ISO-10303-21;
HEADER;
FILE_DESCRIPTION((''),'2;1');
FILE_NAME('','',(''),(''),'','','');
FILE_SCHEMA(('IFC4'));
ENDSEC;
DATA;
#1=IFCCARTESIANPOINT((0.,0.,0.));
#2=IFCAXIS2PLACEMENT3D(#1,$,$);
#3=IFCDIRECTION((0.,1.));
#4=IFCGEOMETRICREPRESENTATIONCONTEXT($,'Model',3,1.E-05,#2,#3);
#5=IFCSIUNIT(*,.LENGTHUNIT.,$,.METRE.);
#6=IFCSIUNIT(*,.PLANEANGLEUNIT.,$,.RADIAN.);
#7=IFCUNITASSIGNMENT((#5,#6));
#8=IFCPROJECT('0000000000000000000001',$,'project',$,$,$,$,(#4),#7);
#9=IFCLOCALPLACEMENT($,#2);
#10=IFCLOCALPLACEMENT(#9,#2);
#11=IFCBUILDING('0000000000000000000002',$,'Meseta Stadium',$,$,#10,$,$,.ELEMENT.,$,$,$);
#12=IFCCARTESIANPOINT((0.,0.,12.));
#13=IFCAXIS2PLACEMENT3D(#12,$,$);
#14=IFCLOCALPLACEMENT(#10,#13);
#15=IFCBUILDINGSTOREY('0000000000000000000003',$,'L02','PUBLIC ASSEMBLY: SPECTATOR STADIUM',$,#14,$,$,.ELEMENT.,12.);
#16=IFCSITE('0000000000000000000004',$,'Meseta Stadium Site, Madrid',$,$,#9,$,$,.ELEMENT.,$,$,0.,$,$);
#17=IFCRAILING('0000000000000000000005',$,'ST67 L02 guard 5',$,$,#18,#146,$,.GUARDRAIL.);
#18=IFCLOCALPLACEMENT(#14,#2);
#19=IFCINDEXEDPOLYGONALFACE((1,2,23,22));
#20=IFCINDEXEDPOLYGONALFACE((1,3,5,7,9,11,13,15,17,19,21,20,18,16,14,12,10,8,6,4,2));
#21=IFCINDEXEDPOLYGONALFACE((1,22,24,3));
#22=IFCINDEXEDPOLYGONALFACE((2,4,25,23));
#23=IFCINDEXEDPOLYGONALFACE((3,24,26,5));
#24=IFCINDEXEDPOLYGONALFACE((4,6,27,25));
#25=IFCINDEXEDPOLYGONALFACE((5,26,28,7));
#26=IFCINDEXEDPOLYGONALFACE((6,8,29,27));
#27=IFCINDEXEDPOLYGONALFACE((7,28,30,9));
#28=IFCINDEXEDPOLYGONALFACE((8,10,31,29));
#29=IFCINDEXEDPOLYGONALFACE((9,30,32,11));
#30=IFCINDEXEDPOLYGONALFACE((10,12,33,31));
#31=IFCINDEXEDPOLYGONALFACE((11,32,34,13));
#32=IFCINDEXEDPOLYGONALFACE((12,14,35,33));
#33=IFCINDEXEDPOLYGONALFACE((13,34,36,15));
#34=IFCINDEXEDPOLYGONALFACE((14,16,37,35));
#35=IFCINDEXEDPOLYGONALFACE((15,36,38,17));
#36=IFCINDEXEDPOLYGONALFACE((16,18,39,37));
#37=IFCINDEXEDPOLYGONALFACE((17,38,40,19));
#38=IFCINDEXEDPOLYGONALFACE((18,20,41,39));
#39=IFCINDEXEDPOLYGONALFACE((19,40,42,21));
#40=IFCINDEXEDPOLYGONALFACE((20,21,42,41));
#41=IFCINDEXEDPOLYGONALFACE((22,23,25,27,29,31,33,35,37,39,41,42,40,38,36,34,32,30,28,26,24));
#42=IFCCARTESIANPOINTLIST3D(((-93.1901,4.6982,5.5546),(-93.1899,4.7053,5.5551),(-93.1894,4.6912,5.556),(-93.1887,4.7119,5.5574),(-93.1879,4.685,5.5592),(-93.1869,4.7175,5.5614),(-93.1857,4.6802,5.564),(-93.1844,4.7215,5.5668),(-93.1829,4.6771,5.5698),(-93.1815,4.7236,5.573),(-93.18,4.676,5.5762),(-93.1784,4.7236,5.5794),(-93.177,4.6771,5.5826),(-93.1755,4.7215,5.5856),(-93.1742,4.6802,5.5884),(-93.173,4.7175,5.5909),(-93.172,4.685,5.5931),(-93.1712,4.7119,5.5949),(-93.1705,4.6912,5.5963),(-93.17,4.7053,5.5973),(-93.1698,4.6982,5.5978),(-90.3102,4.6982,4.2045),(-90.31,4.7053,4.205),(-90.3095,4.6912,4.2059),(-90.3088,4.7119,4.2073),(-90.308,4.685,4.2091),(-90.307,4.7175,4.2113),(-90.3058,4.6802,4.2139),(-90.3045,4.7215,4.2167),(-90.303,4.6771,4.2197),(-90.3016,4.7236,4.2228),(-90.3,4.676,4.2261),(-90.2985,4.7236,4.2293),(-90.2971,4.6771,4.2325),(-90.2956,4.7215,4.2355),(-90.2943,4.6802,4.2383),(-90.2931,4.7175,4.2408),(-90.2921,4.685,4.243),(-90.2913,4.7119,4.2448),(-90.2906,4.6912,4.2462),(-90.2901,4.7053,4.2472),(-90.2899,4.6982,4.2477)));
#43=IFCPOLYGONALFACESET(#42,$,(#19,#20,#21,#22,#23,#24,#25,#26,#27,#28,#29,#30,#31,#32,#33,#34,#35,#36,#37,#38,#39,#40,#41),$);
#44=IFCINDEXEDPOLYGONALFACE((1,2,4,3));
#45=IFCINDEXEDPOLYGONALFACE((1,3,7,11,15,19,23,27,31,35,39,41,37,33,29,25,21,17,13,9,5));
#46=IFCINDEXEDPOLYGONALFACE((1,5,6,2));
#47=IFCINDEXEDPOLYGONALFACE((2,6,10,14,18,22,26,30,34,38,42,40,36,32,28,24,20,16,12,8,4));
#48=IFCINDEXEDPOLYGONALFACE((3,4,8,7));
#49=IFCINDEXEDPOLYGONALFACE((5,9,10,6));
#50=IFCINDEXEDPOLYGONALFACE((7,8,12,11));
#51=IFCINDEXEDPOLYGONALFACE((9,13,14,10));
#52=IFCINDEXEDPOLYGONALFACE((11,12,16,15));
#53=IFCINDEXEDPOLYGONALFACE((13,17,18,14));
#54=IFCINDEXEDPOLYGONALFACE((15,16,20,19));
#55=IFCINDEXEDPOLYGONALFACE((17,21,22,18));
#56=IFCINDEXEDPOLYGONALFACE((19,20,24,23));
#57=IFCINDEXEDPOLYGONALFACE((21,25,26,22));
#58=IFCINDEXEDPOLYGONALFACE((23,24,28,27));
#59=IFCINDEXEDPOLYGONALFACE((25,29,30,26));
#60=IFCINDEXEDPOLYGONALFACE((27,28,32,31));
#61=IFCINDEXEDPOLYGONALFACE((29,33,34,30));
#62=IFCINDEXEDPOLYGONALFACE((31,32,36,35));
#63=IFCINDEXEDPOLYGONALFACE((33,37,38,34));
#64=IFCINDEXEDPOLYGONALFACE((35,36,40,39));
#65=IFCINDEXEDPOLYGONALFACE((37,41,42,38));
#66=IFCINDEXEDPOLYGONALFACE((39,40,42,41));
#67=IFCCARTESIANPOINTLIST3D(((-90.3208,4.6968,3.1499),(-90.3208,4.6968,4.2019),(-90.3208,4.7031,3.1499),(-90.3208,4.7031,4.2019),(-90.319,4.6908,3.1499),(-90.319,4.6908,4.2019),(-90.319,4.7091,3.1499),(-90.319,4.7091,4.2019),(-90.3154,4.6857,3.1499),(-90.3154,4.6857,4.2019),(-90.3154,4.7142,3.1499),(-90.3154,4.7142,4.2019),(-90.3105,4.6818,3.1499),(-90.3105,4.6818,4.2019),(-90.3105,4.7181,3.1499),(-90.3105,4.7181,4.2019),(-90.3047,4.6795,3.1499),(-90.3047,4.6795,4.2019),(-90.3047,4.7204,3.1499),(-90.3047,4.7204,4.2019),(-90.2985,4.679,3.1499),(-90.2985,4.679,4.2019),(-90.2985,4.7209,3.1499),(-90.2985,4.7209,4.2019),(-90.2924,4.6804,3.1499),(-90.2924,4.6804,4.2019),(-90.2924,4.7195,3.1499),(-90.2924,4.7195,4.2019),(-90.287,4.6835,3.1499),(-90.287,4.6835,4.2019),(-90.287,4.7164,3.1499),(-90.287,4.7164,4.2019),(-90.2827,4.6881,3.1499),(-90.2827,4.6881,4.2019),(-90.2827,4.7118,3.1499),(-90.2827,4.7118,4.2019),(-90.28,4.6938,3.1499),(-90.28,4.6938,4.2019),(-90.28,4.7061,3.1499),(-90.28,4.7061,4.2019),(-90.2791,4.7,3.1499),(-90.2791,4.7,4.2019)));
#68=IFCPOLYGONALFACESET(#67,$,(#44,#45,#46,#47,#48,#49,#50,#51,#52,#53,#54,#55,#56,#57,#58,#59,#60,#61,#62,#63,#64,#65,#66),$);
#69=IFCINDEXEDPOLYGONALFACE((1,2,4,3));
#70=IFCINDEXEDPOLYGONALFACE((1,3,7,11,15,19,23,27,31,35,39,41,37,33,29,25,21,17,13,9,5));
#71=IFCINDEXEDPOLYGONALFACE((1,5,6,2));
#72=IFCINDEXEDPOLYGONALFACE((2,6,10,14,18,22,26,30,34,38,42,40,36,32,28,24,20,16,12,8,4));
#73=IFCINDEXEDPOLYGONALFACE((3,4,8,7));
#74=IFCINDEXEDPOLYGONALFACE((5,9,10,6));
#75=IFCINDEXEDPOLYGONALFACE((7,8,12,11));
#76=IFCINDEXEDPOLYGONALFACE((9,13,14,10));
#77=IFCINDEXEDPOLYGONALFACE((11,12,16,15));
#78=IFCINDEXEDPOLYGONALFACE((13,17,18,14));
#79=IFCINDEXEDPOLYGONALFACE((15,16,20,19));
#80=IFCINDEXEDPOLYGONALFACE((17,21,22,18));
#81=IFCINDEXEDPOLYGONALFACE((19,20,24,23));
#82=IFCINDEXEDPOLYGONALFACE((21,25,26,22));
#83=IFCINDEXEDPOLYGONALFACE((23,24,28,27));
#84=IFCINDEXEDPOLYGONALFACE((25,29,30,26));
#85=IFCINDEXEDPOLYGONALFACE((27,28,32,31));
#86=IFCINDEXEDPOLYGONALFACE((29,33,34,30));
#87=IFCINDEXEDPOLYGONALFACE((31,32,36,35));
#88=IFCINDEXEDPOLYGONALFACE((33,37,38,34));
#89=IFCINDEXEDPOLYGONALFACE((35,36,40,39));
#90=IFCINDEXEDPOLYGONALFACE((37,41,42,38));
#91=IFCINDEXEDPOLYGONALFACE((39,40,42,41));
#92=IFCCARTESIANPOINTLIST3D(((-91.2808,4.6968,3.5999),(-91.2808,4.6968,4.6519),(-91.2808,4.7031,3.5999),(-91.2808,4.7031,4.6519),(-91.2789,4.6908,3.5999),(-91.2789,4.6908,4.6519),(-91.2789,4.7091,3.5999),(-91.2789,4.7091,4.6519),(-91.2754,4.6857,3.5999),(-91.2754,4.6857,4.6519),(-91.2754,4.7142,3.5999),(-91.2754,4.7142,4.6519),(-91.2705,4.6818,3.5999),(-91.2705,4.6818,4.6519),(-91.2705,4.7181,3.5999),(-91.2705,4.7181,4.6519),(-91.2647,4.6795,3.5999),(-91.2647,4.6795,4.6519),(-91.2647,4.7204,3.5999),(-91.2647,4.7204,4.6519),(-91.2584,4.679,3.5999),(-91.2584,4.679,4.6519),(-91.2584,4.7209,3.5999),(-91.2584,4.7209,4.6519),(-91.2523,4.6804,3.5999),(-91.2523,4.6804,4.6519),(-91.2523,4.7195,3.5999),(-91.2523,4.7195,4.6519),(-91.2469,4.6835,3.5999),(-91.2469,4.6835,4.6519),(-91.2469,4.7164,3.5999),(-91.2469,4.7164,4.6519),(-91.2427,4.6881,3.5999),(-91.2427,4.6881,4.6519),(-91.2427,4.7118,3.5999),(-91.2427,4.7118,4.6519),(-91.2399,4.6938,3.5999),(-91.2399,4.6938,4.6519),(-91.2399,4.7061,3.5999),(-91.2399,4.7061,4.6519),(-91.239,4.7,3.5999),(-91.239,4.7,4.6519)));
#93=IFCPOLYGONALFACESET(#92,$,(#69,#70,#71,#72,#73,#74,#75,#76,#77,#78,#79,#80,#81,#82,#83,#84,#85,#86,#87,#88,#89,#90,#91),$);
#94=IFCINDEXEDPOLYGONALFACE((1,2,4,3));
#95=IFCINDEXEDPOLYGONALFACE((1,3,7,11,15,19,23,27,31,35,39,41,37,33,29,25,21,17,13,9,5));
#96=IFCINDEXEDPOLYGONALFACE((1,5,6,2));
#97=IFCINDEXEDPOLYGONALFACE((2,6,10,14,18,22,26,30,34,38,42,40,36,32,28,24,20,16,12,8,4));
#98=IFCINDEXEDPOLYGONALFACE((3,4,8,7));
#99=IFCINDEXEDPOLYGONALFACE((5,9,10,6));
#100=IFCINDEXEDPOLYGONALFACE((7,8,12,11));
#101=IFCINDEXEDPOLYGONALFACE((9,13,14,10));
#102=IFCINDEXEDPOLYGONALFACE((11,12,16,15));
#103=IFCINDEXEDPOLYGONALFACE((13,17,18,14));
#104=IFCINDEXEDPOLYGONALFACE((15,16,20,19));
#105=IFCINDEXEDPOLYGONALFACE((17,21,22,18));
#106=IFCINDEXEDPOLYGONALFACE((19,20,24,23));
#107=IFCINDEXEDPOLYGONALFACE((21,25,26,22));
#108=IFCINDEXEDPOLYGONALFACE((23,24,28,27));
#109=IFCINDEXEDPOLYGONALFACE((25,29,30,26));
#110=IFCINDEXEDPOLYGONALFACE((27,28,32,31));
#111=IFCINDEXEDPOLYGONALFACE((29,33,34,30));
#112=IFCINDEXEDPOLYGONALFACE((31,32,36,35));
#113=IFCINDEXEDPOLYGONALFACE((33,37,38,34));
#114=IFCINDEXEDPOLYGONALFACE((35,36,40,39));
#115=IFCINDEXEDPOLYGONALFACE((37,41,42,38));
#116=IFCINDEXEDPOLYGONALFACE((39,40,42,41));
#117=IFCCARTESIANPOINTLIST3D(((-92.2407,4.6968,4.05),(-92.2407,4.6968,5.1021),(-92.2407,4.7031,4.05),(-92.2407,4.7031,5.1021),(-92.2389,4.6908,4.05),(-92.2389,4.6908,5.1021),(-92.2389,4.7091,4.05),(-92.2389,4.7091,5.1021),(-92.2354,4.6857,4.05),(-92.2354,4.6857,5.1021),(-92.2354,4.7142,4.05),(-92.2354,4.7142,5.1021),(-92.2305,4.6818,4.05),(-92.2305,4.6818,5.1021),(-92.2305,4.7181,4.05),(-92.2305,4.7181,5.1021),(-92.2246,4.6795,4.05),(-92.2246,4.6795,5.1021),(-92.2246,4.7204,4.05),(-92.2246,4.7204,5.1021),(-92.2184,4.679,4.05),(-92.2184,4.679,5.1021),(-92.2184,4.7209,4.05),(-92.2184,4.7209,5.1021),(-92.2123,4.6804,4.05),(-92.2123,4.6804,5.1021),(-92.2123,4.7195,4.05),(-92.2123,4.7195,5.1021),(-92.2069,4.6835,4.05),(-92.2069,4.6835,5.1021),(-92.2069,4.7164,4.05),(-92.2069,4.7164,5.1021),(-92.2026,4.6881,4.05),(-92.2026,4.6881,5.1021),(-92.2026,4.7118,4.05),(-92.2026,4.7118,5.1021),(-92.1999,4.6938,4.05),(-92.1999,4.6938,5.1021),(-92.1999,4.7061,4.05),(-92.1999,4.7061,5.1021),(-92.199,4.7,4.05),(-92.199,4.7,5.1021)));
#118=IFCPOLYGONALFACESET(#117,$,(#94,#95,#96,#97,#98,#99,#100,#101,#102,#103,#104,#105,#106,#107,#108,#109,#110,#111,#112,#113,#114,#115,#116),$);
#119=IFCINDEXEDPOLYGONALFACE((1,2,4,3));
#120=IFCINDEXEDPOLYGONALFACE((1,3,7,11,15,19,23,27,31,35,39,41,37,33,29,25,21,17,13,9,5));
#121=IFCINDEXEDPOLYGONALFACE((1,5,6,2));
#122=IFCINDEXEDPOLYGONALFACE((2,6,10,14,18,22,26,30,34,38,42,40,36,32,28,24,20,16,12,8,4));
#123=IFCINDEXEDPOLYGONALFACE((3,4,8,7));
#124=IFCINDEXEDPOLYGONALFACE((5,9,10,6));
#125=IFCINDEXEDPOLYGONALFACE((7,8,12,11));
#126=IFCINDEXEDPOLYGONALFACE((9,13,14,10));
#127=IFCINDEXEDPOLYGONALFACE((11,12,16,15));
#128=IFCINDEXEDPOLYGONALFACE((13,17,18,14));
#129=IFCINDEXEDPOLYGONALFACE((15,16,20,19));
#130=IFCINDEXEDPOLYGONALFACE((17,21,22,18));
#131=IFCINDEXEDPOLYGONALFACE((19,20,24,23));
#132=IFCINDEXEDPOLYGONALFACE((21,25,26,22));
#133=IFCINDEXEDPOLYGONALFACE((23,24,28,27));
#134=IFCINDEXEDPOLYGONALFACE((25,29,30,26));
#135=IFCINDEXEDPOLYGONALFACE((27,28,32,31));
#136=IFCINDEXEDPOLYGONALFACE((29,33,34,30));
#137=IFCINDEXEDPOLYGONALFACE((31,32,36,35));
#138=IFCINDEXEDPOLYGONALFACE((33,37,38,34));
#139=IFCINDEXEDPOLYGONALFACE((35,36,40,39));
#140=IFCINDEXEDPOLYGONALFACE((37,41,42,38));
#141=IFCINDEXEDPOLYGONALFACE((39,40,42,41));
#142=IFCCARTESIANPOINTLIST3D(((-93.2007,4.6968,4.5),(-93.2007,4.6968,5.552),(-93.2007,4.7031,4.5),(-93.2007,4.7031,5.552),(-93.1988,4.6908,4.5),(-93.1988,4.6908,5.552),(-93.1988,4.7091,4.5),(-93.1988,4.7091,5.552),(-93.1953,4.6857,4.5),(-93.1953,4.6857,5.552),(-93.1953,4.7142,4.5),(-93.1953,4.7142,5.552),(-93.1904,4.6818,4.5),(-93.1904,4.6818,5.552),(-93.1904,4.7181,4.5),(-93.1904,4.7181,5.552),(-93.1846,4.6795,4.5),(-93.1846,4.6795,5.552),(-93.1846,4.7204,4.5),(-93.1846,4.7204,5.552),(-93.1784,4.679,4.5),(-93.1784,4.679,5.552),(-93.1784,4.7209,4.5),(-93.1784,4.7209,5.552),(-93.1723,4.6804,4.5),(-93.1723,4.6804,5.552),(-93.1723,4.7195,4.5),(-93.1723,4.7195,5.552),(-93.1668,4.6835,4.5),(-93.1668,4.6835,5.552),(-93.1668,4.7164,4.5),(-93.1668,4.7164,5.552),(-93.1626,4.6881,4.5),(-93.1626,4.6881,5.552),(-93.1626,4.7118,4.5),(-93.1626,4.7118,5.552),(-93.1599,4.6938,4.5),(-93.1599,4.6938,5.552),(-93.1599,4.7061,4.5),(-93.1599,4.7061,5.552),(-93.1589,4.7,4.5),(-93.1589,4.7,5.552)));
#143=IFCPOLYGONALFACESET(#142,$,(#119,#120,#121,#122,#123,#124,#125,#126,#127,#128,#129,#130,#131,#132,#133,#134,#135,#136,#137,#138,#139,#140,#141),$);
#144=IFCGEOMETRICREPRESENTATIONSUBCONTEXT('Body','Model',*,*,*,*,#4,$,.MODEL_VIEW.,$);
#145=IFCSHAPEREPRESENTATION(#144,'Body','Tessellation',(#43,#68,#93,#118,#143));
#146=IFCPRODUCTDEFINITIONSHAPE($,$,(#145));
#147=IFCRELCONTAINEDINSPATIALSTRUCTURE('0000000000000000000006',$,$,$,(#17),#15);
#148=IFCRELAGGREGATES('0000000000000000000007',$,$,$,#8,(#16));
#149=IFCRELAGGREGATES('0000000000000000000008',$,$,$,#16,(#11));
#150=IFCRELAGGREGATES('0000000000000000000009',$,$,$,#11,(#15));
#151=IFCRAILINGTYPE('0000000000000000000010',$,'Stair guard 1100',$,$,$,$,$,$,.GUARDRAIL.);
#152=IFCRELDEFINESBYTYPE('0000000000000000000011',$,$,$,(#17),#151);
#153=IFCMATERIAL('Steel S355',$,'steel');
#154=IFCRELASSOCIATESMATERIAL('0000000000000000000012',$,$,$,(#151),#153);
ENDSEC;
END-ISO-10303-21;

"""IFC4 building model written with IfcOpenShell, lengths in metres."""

from ifc_helpers import new_model, si_unit, direction, frame, origin, origin_2d, place, context, subcontext, project, spatial, circle, extrude, material, type_object, element, save


model = new_model("IFC4")

# Units and contexts
model_context = context("Model", 3, precision=1e-05, world=origin(), true_north=direction((0.0, 1.0)))
body_context = subcontext(model_context, "Body", "Model", "MODEL_VIEW")
ifc_project = project(units=[si_unit("LENGTHUNIT", "METRE"), si_unit("PLANEANGLEUNIT", "RADIAN")], contexts=[model_context])

# Site, building, storey
site_placement = place(None, origin())
site = spatial("IfcSite", under=ifc_project, at=site_placement, Name="Meseta Stadium Site, Madrid", CompositionType="ELEMENT", RefElevation=0.0)
building_placement = place(site_placement, origin())
building = spatial("IfcBuilding", under=site, at=building_placement, Name="Meseta Stadium", CompositionType="ELEMENT")
storey_placement = place(building_placement, frame((0.0, 0.0, 12.0)))
storey = spatial("IfcBuildingStorey", under=building, at=storey_placement, Name="L02", Description="PUBLIC ASSEMBLY: SPECTATOR STADIUM", CompositionType="ELEMENT", Elevation=12.0)

# Railing
ifc_material_1 = material(Name="Steel S355", Category="steel")
railing_type_1 = type_object("IfcRailingType", Name="Stair guard 1100", PredefinedType="GUARDRAIL", material=ifc_material_1)
railing_1_placement = place(storey_placement, frame((-90.3, 4.7, 3.1499)))
element("IfcRailing", 1, at=railing_1_placement, inside=storey, type_object=railing_type_1, Name="ST67 L02 guard 5", PredefinedType="GUARDRAIL", context=body_context, shape_type="SweptSolid", body=[
    extrude(circle(Radius=0.0239, at=origin_2d()), frame((0.0, 0.0, 1.0762), z_axis=(-0.90544, 0.0, 0.424473), x_axis=(0.0, -1.0, 0.0)), (0.0, 0.0, 1.0), 3.1807),
    extrude(circle(Radius=0.021, at=origin_2d()), origin(), (0.0, 0.0, 1.0), 1.052),
    extrude(circle(Radius=0.021, at=origin_2d()), frame((-0.96, 0.0, 0.45)), (0.0, 0.0, 1.0), 1.052),
    extrude(circle(Radius=0.021, at=origin_2d()), frame((-1.9199, 0.0, 0.9001)), (0.0, 0.0, 1.0), 1.052),
    extrude(circle(Radius=0.021, at=origin_2d()), frame((-2.8799, 0.0, 1.3501)), (0.0, 0.0, 1.0), 1.052),
])

save(model, "model.ifc")
